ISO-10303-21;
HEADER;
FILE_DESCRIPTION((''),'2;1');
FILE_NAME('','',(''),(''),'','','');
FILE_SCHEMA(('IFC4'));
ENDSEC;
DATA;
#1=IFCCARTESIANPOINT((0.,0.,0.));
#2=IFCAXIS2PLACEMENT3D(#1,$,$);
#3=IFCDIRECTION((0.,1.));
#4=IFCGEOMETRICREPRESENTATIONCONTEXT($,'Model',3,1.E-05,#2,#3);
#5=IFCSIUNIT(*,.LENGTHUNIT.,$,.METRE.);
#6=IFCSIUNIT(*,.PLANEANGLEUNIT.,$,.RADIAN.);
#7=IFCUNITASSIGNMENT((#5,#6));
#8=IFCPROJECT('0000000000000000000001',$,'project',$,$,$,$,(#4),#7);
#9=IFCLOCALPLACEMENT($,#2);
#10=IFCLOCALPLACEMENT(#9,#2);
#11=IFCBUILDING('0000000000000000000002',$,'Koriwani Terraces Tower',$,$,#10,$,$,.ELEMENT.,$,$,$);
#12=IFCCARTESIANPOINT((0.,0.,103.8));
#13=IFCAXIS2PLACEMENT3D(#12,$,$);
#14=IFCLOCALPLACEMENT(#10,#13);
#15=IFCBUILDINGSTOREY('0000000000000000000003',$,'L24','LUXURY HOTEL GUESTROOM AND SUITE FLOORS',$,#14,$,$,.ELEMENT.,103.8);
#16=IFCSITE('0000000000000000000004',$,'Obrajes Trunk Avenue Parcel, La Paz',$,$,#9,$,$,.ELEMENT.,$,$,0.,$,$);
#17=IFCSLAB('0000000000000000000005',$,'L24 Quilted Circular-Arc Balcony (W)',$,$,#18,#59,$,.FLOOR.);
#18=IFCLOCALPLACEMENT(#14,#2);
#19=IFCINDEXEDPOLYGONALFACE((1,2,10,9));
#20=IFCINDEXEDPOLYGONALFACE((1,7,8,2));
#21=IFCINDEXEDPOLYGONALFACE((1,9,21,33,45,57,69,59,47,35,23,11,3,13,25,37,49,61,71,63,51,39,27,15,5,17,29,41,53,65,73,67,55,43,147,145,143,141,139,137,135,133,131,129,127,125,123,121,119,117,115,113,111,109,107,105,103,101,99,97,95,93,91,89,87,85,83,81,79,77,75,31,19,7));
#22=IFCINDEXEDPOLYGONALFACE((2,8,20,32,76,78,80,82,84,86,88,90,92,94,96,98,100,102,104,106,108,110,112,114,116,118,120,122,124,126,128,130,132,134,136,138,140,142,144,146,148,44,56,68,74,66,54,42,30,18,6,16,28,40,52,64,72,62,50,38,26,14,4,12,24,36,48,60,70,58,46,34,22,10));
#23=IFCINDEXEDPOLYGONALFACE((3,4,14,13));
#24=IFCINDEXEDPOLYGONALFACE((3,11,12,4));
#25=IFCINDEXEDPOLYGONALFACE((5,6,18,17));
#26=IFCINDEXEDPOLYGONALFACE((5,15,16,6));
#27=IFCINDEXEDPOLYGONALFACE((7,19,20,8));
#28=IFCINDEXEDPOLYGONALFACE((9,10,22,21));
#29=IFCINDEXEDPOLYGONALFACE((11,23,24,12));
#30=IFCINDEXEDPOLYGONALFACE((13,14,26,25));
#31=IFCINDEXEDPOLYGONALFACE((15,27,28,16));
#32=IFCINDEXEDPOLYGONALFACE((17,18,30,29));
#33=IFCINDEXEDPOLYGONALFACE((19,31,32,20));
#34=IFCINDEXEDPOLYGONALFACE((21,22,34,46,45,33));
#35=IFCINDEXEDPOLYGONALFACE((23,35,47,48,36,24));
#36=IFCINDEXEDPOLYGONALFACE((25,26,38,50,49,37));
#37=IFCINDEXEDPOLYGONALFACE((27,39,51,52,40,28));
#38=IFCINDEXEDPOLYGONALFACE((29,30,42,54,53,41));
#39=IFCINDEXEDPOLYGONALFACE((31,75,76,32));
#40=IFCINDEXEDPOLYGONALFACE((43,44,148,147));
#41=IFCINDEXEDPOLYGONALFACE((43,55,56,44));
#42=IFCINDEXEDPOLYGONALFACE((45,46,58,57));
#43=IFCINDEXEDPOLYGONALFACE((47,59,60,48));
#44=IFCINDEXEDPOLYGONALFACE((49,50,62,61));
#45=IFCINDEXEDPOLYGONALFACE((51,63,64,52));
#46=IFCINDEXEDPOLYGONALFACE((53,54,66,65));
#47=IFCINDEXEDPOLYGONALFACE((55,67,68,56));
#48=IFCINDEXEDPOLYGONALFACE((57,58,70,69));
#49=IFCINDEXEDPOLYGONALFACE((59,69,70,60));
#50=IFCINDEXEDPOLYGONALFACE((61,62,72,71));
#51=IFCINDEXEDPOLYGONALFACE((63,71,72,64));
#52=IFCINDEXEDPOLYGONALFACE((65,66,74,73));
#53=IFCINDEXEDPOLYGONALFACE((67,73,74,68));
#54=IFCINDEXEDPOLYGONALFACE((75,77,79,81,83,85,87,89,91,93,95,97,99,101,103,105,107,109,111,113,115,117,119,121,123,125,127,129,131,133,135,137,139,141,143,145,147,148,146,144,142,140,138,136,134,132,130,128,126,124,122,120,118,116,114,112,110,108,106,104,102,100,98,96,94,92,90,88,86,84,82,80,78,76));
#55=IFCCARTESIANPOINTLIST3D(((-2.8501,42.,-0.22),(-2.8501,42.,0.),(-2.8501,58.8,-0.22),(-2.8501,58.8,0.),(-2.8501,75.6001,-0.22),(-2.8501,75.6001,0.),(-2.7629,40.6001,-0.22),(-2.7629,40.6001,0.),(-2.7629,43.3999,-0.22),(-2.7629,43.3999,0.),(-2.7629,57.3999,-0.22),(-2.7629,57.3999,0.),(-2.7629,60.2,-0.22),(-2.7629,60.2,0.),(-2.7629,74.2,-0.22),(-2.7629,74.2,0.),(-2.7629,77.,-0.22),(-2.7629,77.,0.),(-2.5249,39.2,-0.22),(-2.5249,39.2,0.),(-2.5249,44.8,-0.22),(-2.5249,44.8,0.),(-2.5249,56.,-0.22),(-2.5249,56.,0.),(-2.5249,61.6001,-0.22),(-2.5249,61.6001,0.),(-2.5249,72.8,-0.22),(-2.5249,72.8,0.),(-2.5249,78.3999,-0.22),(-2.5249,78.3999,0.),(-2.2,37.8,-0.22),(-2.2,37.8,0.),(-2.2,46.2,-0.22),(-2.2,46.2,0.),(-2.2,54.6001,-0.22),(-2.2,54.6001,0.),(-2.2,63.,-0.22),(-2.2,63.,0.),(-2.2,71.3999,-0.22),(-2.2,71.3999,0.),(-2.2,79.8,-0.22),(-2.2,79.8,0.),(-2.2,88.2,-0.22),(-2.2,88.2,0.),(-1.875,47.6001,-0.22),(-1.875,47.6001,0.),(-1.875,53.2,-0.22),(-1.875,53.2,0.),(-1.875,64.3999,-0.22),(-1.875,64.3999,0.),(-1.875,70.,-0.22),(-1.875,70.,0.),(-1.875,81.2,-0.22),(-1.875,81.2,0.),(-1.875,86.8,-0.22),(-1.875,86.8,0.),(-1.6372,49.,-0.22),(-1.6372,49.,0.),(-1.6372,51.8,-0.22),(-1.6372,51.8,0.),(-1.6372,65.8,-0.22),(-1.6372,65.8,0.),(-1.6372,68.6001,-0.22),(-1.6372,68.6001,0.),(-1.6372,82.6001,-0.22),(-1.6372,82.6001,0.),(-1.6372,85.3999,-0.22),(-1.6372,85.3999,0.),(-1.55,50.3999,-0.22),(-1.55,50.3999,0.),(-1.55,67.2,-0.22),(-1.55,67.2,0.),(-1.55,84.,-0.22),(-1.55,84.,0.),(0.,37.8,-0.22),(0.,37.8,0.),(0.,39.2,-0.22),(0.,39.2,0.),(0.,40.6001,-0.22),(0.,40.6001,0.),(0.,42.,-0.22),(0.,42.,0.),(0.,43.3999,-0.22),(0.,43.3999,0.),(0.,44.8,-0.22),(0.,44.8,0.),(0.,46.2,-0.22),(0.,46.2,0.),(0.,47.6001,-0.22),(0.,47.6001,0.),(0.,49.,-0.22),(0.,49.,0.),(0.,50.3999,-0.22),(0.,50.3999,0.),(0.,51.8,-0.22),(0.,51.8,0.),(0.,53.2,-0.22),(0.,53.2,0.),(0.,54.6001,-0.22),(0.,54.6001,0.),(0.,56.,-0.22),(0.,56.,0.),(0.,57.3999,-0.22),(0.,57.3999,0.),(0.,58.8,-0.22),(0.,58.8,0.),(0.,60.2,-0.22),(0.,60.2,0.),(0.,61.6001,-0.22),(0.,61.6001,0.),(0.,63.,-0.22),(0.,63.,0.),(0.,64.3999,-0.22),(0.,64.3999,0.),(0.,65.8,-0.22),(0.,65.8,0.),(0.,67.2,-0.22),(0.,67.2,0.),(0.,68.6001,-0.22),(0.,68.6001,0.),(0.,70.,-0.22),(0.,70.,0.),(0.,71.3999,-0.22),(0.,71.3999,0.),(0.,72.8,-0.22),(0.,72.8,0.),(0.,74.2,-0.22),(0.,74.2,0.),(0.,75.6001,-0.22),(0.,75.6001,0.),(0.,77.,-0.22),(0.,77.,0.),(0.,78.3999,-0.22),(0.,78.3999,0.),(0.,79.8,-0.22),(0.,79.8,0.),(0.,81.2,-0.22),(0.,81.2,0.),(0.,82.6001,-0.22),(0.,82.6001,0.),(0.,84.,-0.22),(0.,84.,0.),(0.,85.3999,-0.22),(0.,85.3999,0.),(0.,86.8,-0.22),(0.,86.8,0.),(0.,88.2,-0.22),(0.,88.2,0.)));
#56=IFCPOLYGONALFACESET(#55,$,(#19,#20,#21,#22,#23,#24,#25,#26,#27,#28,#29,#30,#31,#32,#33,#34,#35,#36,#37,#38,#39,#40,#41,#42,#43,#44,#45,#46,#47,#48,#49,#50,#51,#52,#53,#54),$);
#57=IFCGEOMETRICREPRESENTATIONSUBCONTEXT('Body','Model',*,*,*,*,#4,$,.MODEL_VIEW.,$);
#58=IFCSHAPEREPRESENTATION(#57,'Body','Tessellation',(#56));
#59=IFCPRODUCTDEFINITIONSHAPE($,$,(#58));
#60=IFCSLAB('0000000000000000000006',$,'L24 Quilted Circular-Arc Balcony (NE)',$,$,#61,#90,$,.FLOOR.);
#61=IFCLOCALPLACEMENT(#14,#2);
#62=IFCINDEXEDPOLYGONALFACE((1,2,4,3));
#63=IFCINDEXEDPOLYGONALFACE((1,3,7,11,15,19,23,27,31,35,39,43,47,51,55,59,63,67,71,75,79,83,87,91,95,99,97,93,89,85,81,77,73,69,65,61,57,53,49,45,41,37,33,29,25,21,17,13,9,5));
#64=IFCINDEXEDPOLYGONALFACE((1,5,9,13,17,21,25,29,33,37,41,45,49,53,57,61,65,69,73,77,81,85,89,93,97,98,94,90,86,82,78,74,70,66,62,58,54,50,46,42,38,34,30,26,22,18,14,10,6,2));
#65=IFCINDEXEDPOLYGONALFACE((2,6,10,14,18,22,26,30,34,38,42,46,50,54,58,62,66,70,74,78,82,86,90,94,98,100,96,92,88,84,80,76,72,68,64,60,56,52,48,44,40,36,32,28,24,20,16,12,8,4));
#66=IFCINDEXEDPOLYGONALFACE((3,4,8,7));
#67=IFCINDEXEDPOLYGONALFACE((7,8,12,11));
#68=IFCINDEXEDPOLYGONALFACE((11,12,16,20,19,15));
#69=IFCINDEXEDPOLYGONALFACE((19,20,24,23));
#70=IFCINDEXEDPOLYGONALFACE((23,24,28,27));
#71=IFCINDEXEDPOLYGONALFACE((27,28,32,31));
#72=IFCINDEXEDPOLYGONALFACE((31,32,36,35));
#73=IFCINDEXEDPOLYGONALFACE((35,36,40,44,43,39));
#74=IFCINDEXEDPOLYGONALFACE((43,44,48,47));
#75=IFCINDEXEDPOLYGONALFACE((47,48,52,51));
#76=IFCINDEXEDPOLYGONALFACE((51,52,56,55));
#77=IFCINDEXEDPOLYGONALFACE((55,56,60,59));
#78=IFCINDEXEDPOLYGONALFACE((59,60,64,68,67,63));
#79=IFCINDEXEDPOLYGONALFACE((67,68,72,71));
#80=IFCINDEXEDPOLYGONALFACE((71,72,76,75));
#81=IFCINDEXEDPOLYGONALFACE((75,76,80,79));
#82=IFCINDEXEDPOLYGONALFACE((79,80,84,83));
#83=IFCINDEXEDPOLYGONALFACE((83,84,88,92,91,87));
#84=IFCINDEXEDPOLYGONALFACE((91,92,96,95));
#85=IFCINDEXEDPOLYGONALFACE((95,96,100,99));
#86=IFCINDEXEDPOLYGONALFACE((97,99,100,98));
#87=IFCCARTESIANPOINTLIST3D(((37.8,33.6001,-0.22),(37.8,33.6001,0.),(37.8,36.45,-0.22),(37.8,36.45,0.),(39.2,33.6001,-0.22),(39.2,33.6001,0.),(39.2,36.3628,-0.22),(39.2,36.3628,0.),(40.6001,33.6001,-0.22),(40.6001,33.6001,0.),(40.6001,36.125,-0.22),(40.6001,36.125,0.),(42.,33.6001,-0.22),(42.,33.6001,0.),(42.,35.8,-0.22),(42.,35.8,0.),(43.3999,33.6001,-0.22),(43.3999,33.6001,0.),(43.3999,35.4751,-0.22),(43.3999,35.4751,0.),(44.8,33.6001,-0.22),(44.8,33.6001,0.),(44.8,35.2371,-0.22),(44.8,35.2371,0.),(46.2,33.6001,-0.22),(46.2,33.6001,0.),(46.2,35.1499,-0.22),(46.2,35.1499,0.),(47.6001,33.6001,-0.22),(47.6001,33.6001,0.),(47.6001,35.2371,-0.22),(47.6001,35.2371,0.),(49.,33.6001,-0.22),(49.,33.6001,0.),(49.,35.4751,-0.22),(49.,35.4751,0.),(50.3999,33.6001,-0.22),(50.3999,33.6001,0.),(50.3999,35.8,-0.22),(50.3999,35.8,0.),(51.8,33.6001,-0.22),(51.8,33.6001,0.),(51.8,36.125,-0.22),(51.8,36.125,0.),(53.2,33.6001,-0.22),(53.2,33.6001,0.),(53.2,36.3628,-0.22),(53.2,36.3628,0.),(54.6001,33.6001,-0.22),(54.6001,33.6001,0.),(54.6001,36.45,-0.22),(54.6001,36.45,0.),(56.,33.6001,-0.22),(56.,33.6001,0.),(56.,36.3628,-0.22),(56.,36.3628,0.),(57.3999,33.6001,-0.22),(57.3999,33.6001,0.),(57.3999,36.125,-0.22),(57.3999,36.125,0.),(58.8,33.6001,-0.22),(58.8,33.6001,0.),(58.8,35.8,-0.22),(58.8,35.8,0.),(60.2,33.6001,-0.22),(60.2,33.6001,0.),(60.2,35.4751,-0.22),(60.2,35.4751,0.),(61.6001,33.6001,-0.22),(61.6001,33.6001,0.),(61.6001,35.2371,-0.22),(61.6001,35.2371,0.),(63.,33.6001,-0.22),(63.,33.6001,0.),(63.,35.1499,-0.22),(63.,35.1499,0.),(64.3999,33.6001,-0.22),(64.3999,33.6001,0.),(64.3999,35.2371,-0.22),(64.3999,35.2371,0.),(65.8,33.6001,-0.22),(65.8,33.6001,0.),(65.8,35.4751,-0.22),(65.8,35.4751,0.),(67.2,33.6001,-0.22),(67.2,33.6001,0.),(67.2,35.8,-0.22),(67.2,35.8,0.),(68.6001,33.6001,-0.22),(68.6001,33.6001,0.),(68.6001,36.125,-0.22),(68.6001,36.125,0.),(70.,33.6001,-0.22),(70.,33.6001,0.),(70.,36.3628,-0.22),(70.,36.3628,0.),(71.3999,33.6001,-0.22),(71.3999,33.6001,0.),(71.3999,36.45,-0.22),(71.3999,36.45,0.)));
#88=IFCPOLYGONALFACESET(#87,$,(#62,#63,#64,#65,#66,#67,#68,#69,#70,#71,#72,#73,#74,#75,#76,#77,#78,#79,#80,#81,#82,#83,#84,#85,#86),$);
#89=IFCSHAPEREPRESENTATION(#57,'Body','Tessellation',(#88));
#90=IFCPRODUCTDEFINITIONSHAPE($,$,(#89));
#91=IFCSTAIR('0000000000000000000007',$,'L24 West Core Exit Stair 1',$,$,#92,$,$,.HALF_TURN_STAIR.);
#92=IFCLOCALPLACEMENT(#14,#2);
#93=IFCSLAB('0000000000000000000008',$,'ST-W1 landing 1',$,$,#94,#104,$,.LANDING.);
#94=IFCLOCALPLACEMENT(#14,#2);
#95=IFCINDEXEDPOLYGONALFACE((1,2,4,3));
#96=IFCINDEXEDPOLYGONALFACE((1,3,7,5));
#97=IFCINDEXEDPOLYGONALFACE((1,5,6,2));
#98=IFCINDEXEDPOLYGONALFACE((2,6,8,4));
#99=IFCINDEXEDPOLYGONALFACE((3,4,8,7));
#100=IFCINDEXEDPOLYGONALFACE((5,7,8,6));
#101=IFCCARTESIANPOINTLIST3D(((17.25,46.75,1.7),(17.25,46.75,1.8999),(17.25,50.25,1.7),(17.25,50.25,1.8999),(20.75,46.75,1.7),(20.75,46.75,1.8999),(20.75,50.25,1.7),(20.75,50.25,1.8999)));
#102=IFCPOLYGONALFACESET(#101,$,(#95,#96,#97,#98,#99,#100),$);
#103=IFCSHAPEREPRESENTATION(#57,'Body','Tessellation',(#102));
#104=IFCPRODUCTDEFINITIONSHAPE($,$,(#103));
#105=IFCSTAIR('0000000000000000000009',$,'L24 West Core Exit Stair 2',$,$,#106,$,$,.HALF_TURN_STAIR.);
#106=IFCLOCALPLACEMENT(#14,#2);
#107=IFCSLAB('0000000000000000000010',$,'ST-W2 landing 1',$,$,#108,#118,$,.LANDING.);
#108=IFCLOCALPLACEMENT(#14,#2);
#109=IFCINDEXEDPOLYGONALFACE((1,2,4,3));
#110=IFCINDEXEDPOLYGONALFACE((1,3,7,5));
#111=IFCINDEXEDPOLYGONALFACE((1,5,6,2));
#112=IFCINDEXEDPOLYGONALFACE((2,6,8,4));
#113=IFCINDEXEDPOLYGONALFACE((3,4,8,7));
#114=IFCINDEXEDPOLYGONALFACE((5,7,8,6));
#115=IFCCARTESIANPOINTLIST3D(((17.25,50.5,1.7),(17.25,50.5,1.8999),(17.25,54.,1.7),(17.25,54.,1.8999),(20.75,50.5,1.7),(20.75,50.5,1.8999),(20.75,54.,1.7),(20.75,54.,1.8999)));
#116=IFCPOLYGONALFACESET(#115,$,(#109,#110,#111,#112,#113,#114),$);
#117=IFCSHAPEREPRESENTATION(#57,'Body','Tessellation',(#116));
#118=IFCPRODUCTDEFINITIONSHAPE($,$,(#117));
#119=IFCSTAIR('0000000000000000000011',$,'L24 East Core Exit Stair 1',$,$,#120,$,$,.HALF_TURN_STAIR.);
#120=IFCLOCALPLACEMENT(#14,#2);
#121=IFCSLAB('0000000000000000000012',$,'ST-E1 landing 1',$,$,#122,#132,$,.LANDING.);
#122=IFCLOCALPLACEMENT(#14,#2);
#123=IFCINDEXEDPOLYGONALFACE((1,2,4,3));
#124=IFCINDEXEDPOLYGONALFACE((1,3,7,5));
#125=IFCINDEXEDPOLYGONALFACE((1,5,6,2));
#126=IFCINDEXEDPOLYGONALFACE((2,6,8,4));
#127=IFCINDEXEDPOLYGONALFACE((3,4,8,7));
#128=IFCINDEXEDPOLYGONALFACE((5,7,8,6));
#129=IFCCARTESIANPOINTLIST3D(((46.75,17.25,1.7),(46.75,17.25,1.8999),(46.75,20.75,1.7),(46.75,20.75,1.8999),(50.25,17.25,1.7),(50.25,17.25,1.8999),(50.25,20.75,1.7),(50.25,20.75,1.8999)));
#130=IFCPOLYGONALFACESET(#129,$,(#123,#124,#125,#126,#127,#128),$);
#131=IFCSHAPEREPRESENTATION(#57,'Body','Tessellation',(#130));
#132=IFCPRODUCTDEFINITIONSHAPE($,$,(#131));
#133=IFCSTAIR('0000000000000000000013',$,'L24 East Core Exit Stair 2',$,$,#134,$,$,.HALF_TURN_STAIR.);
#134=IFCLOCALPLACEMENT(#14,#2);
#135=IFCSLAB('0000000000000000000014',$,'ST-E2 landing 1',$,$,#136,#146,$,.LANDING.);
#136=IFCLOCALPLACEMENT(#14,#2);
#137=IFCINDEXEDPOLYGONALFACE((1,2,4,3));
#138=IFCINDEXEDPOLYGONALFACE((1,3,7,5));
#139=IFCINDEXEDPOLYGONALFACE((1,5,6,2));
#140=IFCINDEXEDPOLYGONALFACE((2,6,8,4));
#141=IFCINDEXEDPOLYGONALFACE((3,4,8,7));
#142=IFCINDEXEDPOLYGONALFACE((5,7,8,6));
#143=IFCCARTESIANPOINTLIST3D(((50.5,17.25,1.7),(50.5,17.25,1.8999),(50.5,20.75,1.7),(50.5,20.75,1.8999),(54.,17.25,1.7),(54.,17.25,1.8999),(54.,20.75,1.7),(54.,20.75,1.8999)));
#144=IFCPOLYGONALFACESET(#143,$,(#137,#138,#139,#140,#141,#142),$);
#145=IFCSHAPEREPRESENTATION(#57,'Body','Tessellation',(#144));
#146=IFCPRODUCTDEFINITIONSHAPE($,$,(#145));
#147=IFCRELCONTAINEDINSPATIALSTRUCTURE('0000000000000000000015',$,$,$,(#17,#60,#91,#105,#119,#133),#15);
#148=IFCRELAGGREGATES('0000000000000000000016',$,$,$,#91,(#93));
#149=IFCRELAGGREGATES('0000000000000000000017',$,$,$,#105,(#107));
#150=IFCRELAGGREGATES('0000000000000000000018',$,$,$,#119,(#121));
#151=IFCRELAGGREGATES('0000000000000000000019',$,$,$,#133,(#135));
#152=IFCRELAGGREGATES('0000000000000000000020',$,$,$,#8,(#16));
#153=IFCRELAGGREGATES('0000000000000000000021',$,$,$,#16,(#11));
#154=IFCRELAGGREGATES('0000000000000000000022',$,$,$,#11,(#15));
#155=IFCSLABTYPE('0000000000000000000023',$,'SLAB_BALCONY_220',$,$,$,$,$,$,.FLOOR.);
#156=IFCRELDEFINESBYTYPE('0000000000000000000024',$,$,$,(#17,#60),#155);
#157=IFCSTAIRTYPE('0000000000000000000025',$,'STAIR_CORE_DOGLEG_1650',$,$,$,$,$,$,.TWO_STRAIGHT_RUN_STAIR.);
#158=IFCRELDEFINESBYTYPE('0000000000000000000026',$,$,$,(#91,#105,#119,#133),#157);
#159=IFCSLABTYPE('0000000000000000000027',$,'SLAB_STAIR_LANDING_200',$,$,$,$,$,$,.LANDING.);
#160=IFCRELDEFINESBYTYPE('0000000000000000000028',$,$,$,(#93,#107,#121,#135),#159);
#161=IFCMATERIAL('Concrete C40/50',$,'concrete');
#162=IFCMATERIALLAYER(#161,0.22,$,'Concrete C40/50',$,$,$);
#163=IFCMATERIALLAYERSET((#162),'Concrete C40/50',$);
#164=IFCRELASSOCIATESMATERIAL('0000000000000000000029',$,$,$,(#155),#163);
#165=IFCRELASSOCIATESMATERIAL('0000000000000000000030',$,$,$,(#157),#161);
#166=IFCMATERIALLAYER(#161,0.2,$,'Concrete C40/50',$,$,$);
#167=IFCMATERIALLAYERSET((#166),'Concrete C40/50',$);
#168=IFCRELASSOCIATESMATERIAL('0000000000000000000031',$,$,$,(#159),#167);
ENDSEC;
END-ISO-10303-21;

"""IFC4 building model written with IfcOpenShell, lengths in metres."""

from ifc_helpers import new_model, si_unit, direction, frame, origin, place, context, subcontext, project, spatial, polyline, outline, extrude, material, layer, layer_set, type_object, element, aggregate, save


model = new_model("IFC4")

# Units and contexts
model_context = context("Model", 3, precision=1e-05, world=origin(), true_north=direction((0.0, 1.0)))
body_context = subcontext(model_context, "Body", "Model", "MODEL_VIEW")
ifc_project = project(units=[si_unit("LENGTHUNIT", "METRE"), si_unit("PLANEANGLEUNIT", "RADIAN")], contexts=[model_context])

# Site, building, storey
site_placement = place(None, origin())
site = spatial("IfcSite", under=ifc_project, at=site_placement, Name="Obrajes Trunk Avenue Parcel, La Paz", CompositionType="ELEMENT", RefElevation=0.0)
building_placement = place(site_placement, origin())
building = spatial("IfcBuilding", under=site, at=building_placement, Name="Koriwani Terraces Tower", CompositionType="ELEMENT")
storey_placement = place(building_placement, frame((0.0, 0.0, 103.8)))
storey = spatial("IfcBuildingStorey", under=building, at=storey_placement, Name="L24", Description="LUXURY HOTEL GUESTROOM AND SUITE FLOORS", CompositionType="ELEMENT", Elevation=103.8)

# Slabs
ifc_material_1 = material(Name="Concrete C40/50", Category="concrete")
ifc_layer_1 = layer(ifc_material_1, 0.22, Name="Concrete C40/50")
ifc_layer_set_1 = layer_set([ifc_layer_1], Name="Concrete C40/50")
slab_type_1 = type_object("IfcSlabType", Name="SLAB_BALCONY_220", PredefinedType="FLOOR", material=ifc_layer_set_1)
slab_1_placement = place(storey_placement, frame((0.0, 0.0, -0.22)))
element("IfcSlab", 1, at=slab_1_placement, inside=storey, type_object=slab_type_1, Name="L24 Quilted Circular-Arc Balcony (W)", PredefinedType="FLOOR", context=body_context, shape_type="SweptSolid", body=[
    extrude(outline(polyline([(0.0, 37.8), (0.0, 39.2), (0.0, 40.6001), (0.0, 42.0), (0.0, 43.3999), (0.0, 44.8), (0.0, 46.2), (0.0, 47.6001), (0.0, 49.0), (0.0, 50.3999), (0.0, 51.8), (0.0, 53.2), (0.0, 54.6001), (0.0, 56.0), (0.0, 57.3999), (0.0, 58.8), (0.0, 60.2), (0.0, 61.6001), (0.0, 63.0), (0.0, 64.3999), (0.0, 65.8), (0.0, 67.2), (0.0, 68.6001), (0.0, 70.0), (0.0, 71.3999), (0.0, 72.8), (0.0, 74.2), (0.0, 75.6001), (0.0, 77.0), (0.0, 78.3999), (0.0, 79.8), (0.0, 81.2), (0.0, 82.6001), (0.0, 84.0), (0.0, 85.3999), (0.0, 86.8), (0.0, 88.2), (-2.2, 88.2), (-1.875, 86.8), (-1.6372, 85.3999), (-1.55, 84.0), (-1.6372, 82.6001), (-1.875, 81.2), (-2.2, 79.8), (-2.5249, 78.3999), (-2.7629, 77.0), (-2.8501, 75.6001), (-2.7629, 74.2), (-2.5249, 72.8), (-2.2, 71.3999), (-1.875, 70.0), (-1.6372, 68.6001), (-1.55, 67.2), (-1.6372, 65.8), (-1.875, 64.3999), (-2.2, 63.0), (-2.5249, 61.6001), (-2.7629, 60.2), (-2.8501, 58.8), (-2.7629, 57.3999), (-2.5249, 56.0), (-2.2, 54.6001), (-1.875, 53.2), (-1.6372, 51.8), (-1.55, 50.3999), (-1.6372, 49.0), (-1.875, 47.6001), (-2.2, 46.2), (-2.5249, 44.8), (-2.7629, 43.3999), (-2.8501, 42.0), (-2.7629, 40.6001), (-2.5249, 39.2), (-2.2, 37.8), (0.0, 37.8)])), origin(), (0.0, 0.0, 1.0), 0.22),
])
slab_2_placement = place(storey_placement, frame((0.0, 0.0, -0.22)))
element("IfcSlab", 2, at=slab_2_placement, inside=storey, type_object=slab_type_1, Name="L24 Quilted Circular-Arc Balcony (NE)", PredefinedType="FLOOR", context=body_context, shape_type="SweptSolid", body=[
    extrude(outline(polyline([(71.3999, 33.6001), (70.0, 33.6001), (68.6001, 33.6001), (67.2, 33.6001), (65.8, 33.6001), (64.3999, 33.6001), (63.0, 33.6001), (61.6001, 33.6001), (60.2, 33.6001), (58.8, 33.6001), (57.3999, 33.6001), (56.0, 33.6001), (54.6001, 33.6001), (53.2, 33.6001), (51.8, 33.6001), (50.3999, 33.6001), (49.0, 33.6001), (47.6001, 33.6001), (46.2, 33.6001), (44.8, 33.6001), (43.3999, 33.6001), (42.0, 33.6001), (40.6001, 33.6001), (39.2, 33.6001), (37.8, 33.6001), (37.8, 36.45), (39.2, 36.3628), (40.6001, 36.125), (42.0, 35.8), (43.3999, 35.4751), (44.8, 35.2371), (46.2, 35.1499), (47.6001, 35.2371), (49.0, 35.4751), (50.3999, 35.8), (51.8, 36.125), (53.2, 36.3628), (54.6001, 36.45), (56.0, 36.3628), (57.3999, 36.125), (58.8, 35.8), (60.2, 35.4751), (61.6001, 35.2371), (63.0, 35.1499), (64.3999, 35.2371), (65.8, 35.4751), (67.2, 35.8), (68.6001, 36.125), (70.0, 36.3628), (71.3999, 36.45), (71.3999, 33.6001)])), origin(), (0.0, 0.0, 1.0), 0.22),
])

# Stairs, slabs
stair_type = type_object("IfcStairType", Name="STAIR_CORE_DOGLEG_1650", PredefinedType="TWO_STRAIGHT_RUN_STAIR", material=ifc_material_1)
stair_1_placement = place(storey_placement, origin())
stair_1 = element("IfcStair", 3, at=stair_1_placement, inside=storey, type_object=stair_type, Name="L24 West Core Exit Stair 1", PredefinedType="HALF_TURN_STAIR")
ifc_layer_2 = layer(ifc_material_1, 0.2, Name="Concrete C40/50")
ifc_layer_set_2 = layer_set([ifc_layer_2], Name="Concrete C40/50")
slab_type_2 = type_object("IfcSlabType", Name="SLAB_STAIR_LANDING_200", PredefinedType="LANDING", material=ifc_layer_set_2)
slab_3_placement = place(storey_placement, frame((0.0, 0.0, 1.7)))
slab_3 = element("IfcSlab", 4, at=slab_3_placement, type_object=slab_type_2, Name="ST-W1 landing 1", PredefinedType="LANDING", context=body_context, shape_type="SweptSolid", body=[
    extrude(outline(polyline([(20.75, 46.75), (20.75, 50.25), (17.25, 50.25), (17.25, 46.75), (20.75, 46.75)])), origin(), (0.0, 0.0, 1.0), 0.2),
])
aggregate(stair_1, [slab_3])
stair_2_placement = place(storey_placement, origin())
stair_2 = element("IfcStair", 5, at=stair_2_placement, inside=storey, type_object=stair_type, Name="L24 West Core Exit Stair 2", PredefinedType="HALF_TURN_STAIR")
slab_4_placement = place(storey_placement, frame((0.0, 0.0, 1.7)))
slab_4 = element("IfcSlab", 6, at=slab_4_placement, type_object=slab_type_2, Name="ST-W2 landing 1", PredefinedType="LANDING", context=body_context, shape_type="SweptSolid", body=[
    extrude(outline(polyline([(17.25, 54.0), (17.25, 50.5), (20.75, 50.5), (20.75, 54.0), (17.25, 54.0)])), origin(), (0.0, 0.0, 1.0), 0.2),
])
aggregate(stair_2, [slab_4])
stair_3_placement = place(storey_placement, origin())
stair_3 = element("IfcStair", 7, at=stair_3_placement, inside=storey, type_object=stair_type, Name="L24 East Core Exit Stair 1", PredefinedType="HALF_TURN_STAIR")
slab_5_placement = place(storey_placement, frame((0.0, 0.0, 1.7)))
slab_5 = element("IfcSlab", 8, at=slab_5_placement, type_object=slab_type_2, Name="ST-E1 landing 1", PredefinedType="LANDING", context=body_context, shape_type="SweptSolid", body=[
    extrude(outline(polyline([(46.75, 17.25), (50.25, 17.25), (50.25, 20.75), (46.75, 20.75), (46.75, 17.25)])), origin(), (0.0, 0.0, 1.0), 0.2),
])
aggregate(stair_3, [slab_5])
stair_4_placement = place(storey_placement, origin())
stair_4 = element("IfcStair", 9, at=stair_4_placement, inside=storey, type_object=stair_type, Name="L24 East Core Exit Stair 2", PredefinedType="HALF_TURN_STAIR")
slab_6_placement = place(storey_placement, frame((0.0, 0.0, 1.7)))
slab_6 = element("IfcSlab", 10, at=slab_6_placement, type_object=slab_type_2, Name="ST-E2 landing 1", PredefinedType="LANDING", context=body_context, shape_type="SweptSolid", body=[
    extrude(outline(polyline([(54.0, 20.75), (50.5, 20.75), (50.5, 17.25), (54.0, 17.25), (54.0, 20.75)])), origin(), (0.0, 0.0, 1.0), 0.2),
])
aggregate(stair_4, [slab_6])

save(model, "model.ifc")
